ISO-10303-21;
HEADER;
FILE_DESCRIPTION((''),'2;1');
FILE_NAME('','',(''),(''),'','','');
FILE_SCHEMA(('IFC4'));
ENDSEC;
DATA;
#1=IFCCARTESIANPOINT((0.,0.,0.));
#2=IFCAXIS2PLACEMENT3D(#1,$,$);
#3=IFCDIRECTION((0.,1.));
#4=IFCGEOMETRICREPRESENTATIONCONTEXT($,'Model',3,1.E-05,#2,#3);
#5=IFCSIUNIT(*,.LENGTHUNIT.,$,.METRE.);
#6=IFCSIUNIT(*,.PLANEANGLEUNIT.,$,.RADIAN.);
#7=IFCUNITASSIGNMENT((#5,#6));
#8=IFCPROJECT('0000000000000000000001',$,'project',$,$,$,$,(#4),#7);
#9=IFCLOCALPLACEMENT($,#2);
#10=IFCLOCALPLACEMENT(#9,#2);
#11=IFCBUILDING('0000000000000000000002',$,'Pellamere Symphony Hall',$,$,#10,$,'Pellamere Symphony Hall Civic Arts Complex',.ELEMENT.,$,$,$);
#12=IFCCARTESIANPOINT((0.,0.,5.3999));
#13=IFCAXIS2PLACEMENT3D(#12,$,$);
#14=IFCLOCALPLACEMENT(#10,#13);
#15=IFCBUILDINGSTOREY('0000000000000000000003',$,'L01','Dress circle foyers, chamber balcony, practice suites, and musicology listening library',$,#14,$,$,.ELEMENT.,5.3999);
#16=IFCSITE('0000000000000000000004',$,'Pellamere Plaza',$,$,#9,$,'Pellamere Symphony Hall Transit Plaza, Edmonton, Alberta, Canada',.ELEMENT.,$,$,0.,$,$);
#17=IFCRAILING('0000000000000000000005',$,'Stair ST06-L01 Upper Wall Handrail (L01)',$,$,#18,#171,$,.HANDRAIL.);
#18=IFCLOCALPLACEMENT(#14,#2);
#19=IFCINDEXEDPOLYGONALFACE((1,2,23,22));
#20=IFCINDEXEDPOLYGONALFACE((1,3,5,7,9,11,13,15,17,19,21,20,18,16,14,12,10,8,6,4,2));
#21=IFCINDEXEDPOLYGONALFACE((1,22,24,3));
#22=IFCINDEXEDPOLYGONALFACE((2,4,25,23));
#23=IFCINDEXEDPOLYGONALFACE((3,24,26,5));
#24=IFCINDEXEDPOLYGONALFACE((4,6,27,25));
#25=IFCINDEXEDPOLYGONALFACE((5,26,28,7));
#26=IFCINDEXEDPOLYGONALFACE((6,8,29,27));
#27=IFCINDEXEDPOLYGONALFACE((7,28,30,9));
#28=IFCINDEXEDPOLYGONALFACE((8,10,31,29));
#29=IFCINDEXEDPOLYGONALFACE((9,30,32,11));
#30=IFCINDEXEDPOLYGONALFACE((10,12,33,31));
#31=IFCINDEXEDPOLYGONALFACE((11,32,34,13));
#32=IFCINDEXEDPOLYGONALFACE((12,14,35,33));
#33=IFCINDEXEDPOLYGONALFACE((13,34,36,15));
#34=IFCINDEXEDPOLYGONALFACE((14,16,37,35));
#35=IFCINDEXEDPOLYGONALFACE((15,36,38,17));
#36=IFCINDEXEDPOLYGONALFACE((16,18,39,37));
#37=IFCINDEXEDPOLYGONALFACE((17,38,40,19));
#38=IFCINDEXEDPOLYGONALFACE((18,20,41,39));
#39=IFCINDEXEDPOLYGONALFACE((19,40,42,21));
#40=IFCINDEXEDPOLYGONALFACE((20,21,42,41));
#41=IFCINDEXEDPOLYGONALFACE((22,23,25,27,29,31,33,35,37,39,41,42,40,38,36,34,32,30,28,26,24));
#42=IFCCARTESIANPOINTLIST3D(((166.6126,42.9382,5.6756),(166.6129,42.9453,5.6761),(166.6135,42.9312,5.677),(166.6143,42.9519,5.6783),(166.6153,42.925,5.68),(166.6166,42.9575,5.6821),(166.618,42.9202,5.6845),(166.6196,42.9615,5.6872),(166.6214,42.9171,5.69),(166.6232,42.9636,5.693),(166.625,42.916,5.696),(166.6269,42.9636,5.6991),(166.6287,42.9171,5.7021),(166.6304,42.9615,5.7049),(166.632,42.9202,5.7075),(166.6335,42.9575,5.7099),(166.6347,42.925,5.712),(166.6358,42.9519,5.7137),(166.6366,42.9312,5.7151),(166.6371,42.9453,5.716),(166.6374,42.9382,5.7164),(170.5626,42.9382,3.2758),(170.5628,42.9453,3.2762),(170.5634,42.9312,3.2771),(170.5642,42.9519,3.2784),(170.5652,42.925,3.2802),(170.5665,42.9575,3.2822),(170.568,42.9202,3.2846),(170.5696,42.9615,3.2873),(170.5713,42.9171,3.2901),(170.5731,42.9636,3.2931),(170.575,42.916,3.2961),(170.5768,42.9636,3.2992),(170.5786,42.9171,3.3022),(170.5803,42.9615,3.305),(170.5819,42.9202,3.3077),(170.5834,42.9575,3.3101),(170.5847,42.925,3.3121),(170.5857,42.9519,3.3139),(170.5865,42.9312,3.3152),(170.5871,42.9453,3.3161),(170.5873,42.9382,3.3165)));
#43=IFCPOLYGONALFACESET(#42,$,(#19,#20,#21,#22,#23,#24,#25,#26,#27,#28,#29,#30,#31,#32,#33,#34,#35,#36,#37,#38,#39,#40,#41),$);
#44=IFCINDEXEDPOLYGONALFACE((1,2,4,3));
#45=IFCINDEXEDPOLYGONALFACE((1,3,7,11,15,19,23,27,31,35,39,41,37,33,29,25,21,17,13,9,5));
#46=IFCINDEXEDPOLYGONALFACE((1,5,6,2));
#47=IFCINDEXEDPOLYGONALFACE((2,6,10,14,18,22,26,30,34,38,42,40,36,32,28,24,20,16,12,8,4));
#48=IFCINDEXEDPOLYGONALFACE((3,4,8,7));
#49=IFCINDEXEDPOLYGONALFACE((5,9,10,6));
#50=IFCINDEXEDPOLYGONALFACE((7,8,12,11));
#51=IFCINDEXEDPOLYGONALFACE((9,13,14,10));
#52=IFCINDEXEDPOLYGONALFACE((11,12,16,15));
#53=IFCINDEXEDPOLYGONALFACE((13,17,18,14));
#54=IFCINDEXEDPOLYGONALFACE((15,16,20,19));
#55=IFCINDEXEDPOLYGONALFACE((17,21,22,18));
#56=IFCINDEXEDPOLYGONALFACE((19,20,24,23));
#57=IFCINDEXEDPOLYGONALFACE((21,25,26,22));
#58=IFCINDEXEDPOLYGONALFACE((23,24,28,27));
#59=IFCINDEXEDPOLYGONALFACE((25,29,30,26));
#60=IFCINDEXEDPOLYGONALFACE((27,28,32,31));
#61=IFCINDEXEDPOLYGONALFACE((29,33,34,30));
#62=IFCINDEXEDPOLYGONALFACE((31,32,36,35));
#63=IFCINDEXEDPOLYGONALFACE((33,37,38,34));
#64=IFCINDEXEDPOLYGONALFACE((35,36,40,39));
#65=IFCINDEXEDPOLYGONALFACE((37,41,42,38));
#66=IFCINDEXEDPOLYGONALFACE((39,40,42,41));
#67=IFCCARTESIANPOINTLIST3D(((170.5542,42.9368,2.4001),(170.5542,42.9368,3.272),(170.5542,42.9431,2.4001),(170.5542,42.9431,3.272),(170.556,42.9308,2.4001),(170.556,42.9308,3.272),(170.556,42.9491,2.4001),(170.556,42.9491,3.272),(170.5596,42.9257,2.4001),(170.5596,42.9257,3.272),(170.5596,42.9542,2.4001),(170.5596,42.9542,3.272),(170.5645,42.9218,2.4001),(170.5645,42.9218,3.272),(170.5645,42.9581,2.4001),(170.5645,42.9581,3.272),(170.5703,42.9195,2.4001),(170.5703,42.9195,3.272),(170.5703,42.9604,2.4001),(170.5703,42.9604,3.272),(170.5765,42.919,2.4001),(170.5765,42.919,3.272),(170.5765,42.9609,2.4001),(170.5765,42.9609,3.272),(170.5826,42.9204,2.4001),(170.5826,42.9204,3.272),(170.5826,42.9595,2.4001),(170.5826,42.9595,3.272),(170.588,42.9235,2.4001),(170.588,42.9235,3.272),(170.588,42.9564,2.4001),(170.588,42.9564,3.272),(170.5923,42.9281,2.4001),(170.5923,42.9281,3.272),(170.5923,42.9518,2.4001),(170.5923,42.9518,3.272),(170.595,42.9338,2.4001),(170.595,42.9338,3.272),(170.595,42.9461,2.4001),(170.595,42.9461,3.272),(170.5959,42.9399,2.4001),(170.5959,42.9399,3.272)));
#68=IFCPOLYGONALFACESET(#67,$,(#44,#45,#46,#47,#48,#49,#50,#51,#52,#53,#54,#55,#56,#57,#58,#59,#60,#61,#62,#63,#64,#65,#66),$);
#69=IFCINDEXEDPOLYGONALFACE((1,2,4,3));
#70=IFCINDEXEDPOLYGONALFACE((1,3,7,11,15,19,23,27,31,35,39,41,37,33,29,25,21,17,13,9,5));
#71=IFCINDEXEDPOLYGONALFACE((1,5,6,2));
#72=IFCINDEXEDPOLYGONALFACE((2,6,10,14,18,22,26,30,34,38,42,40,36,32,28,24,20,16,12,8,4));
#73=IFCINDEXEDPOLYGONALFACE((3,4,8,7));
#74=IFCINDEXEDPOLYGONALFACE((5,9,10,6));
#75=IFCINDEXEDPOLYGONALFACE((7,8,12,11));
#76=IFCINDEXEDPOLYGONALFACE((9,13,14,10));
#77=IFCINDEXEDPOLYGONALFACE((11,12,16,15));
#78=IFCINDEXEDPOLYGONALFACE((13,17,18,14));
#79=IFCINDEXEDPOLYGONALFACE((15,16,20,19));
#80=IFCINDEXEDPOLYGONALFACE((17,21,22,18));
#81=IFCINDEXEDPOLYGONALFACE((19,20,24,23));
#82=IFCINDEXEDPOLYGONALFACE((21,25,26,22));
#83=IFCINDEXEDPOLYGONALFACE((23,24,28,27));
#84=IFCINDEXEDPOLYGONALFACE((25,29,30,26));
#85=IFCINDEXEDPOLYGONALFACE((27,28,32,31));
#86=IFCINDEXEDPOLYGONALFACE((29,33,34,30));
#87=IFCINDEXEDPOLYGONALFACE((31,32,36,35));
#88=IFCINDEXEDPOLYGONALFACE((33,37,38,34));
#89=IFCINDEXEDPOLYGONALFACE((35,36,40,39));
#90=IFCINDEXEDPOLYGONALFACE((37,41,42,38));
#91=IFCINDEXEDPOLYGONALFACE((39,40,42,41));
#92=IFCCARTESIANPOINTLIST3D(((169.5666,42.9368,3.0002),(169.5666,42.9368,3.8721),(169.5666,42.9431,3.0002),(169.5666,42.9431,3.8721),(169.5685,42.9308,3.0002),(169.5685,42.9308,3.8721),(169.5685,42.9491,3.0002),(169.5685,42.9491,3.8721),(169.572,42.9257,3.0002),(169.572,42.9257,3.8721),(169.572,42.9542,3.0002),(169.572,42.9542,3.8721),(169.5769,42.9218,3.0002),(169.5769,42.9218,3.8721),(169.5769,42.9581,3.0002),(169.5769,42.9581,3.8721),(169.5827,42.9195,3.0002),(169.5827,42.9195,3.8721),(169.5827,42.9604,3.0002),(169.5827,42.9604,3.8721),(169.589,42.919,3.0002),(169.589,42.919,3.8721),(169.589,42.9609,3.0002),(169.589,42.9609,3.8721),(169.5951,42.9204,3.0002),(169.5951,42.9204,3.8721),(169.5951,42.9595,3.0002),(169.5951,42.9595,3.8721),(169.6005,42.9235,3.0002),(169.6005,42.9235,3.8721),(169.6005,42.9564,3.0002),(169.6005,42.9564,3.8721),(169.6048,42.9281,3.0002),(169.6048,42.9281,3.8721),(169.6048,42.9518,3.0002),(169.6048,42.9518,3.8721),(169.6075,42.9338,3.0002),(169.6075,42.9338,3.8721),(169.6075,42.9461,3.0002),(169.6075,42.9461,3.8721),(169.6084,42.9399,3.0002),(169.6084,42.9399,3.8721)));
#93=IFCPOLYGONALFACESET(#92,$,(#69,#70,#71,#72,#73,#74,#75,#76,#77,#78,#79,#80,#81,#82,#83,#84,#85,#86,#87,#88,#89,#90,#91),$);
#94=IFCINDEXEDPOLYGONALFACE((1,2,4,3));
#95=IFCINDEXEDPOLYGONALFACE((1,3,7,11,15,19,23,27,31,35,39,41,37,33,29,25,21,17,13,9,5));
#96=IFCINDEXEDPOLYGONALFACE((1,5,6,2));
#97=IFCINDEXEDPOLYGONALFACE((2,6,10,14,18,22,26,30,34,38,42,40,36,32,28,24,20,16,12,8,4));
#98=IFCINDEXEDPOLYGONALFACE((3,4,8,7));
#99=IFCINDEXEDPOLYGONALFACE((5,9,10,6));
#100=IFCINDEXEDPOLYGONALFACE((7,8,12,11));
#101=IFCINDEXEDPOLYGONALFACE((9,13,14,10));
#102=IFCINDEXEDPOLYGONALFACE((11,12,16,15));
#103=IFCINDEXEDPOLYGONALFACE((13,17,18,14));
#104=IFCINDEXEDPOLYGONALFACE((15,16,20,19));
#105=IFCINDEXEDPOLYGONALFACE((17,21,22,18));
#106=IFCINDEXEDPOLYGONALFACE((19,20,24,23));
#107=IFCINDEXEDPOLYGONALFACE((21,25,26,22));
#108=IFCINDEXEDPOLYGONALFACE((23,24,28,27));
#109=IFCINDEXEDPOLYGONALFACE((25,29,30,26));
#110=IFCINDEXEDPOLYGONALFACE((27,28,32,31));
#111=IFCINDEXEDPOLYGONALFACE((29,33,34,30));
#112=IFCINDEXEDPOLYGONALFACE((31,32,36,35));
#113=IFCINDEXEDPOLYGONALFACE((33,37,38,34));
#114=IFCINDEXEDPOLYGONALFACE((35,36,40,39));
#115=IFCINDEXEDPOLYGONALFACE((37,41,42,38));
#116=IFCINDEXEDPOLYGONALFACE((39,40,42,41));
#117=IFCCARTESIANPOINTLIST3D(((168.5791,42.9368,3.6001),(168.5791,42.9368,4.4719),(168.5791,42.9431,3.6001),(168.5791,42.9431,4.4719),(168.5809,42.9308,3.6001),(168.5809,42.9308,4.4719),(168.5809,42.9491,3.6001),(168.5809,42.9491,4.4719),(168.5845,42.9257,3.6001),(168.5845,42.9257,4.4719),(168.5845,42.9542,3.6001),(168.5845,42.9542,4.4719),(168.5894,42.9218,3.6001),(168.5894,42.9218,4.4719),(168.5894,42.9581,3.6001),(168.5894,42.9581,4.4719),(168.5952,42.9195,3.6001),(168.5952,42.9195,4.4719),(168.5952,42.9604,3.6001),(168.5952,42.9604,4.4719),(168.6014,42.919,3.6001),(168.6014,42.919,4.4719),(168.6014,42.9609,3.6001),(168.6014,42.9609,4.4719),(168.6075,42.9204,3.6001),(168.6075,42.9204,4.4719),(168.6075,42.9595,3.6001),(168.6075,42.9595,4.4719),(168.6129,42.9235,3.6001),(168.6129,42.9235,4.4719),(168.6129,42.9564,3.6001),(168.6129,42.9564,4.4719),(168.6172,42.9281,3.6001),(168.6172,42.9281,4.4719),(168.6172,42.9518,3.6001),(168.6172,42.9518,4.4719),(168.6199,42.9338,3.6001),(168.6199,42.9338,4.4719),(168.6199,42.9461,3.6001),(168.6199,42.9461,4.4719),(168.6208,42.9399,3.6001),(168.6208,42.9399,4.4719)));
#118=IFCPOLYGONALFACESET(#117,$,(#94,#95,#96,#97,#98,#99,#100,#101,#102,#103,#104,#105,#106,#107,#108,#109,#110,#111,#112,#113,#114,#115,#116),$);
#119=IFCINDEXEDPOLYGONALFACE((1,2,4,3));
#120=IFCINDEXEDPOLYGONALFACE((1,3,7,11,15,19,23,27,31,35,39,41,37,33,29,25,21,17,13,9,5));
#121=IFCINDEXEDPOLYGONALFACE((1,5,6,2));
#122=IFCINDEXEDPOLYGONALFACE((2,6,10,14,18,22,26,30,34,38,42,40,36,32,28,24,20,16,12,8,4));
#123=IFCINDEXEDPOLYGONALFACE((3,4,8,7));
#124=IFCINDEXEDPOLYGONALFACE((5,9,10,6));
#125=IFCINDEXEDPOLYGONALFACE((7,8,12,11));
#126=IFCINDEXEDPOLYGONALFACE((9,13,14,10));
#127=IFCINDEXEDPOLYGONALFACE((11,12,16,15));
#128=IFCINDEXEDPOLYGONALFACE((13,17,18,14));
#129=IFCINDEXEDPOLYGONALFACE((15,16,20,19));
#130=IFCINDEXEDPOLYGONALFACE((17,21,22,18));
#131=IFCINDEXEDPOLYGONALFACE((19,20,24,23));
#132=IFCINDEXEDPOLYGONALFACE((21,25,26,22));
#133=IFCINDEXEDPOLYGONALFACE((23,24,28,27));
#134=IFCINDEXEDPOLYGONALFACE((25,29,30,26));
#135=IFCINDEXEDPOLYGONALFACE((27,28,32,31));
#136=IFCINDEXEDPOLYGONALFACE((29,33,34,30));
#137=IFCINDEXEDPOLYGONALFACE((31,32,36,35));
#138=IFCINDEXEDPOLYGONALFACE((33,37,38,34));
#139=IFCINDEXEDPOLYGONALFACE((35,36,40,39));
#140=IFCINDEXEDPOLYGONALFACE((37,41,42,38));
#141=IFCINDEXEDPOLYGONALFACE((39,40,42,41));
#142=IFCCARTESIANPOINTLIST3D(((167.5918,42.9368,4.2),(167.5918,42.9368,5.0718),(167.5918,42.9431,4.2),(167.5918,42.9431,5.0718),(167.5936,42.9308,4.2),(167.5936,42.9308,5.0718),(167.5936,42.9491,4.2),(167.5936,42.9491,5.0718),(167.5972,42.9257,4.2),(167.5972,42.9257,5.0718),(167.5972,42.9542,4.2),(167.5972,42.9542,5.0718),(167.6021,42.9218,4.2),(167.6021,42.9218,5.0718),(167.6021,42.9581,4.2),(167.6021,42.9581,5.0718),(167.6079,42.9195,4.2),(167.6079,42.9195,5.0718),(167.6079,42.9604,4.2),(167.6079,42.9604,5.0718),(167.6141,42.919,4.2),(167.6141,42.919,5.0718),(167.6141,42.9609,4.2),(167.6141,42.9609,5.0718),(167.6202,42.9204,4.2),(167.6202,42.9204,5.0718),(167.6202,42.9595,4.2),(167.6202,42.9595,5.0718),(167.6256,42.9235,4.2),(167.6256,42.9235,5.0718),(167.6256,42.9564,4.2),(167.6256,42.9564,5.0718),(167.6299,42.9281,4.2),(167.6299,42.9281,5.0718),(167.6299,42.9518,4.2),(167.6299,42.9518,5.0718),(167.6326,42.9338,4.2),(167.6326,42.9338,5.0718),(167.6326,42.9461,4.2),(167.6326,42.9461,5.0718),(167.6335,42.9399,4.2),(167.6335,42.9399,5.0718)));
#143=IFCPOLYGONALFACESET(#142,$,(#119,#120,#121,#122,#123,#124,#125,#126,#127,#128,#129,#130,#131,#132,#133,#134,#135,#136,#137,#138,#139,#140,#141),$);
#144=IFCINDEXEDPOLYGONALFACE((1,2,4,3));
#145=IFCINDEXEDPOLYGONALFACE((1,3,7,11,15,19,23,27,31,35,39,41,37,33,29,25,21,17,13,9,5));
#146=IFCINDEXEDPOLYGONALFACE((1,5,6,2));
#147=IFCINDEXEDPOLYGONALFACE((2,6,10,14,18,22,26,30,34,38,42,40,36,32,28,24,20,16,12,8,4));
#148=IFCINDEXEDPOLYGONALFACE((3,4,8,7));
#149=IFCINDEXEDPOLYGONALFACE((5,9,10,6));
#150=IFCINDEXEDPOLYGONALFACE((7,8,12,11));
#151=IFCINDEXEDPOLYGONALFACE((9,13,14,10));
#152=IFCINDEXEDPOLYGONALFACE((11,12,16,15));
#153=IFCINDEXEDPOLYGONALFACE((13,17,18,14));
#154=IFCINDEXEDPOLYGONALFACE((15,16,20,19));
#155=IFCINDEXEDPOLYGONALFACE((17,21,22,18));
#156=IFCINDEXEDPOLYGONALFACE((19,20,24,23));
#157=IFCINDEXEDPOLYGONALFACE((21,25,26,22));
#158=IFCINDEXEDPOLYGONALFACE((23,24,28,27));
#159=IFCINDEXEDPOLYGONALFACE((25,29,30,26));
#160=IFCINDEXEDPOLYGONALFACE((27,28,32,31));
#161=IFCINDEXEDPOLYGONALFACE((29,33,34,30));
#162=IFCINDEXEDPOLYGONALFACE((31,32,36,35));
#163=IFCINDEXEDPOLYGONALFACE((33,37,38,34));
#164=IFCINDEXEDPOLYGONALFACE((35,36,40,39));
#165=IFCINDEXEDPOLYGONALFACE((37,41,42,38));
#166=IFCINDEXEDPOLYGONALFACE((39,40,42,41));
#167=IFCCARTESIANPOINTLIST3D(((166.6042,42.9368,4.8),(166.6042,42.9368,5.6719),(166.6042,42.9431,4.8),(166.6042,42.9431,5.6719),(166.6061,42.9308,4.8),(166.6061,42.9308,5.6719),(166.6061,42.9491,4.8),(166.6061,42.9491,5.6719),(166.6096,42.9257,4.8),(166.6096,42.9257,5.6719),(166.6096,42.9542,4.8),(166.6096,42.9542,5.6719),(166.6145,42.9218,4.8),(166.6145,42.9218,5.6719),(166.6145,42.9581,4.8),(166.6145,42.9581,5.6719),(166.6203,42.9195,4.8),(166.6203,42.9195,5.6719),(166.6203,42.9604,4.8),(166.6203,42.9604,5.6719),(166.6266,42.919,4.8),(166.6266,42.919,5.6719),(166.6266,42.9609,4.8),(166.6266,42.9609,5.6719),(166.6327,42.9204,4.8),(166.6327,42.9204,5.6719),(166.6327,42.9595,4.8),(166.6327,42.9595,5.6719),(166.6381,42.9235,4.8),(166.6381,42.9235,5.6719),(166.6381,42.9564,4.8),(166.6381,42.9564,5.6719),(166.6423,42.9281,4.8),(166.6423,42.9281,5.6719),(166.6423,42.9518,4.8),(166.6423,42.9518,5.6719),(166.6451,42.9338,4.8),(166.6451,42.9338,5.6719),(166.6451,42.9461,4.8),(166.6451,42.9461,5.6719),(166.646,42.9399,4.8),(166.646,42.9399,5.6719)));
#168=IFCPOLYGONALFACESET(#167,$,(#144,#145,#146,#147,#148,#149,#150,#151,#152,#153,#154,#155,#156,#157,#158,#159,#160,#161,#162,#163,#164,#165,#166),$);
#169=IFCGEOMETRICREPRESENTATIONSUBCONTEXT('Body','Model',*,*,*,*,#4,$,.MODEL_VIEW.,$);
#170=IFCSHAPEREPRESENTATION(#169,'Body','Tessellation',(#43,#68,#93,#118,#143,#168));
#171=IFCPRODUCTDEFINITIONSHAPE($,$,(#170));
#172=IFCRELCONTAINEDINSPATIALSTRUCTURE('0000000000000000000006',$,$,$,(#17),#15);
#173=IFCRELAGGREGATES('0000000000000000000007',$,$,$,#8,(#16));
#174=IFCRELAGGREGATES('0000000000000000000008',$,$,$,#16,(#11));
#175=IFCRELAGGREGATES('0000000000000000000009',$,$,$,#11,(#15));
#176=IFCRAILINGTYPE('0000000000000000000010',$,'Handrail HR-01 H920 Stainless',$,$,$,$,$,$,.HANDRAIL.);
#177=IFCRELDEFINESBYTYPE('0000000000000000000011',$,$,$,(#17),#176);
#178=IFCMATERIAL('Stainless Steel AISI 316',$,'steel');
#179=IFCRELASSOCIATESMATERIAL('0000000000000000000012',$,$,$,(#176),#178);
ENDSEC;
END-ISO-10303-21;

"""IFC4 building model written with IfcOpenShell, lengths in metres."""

from ifc_helpers import new_model, si_unit, direction, frame, origin, origin_2d, place, context, subcontext, project, spatial, circle, extrude, material, type_object, element, save


model = new_model("IFC4")

# Units and contexts
model_context = context("Model", 3, precision=1e-05, world=origin(), true_north=direction((0.0, 1.0)))
body_context = subcontext(model_context, "Body", "Model", "MODEL_VIEW")
ifc_project = project(units=[si_unit("LENGTHUNIT", "METRE"), si_unit("PLANEANGLEUNIT", "RADIAN")], contexts=[model_context])

# Site, building, storey
site_placement = place(None, origin())
site = spatial("IfcSite", under=ifc_project, at=site_placement, Name="Pellamere Plaza", LongName="Pellamere Symphony Hall Transit Plaza, Edmonton, Alberta, Canada", CompositionType="ELEMENT", RefElevation=0.0)
building_placement = place(site_placement, origin())
building = spatial("IfcBuilding", under=site, at=building_placement, Name="Pellamere Symphony Hall", LongName="Pellamere Symphony Hall Civic Arts Complex", CompositionType="ELEMENT")
storey_placement = place(building_placement, frame((0.0, 0.0, 5.3999)))
storey = spatial("IfcBuildingStorey", under=building, at=storey_placement, Name="L01", Description="Dress circle foyers, chamber balcony, practice suites, and musicology listening library", CompositionType="ELEMENT", Elevation=5.3999)

# Railing
ifc_material_1 = material(Name="Stainless Steel AISI 316", Category="steel")
railing_type_1 = type_object("IfcRailingType", Name="Handrail HR-01 H920 Stainless", PredefinedType="HANDRAIL", material=ifc_material_1)
railing_1_placement = place(storey_placement, frame((170.575, 42.9399, 2.4001)))
element("IfcRailing", 1, at=railing_1_placement, inside=storey, type_object=railing_type_1, Name="Stair ST06-L01 Upper Wall Handrail (L01)", PredefinedType="HANDRAIL", context=body_context, shape_type="SweptSolid", body=[
    extrude(circle(Radius=0.0239, at=origin_2d()), frame((0.0, 0.0, 0.896), z_axis=(-0.854623, 0.0, 0.51925), x_axis=(0.0, -1.0, 0.0)), (0.0, 0.0, 1.0), 4.6218),
    extrude(circle(Radius=0.021, at=origin_2d()), origin(), (0.0, 0.0, 1.0), 0.8718),
    extrude(circle(Radius=0.021, at=origin_2d()), frame((-0.9875, 0.0, 0.6001)), (0.0, 0.0, 1.0), 0.8718),
    extrude(circle(Radius=0.021, at=origin_2d()), frame((-1.9751, 0.0, 1.2)), (0.0, 0.0, 1.0), 0.8718),
    extrude(circle(Radius=0.021, at=origin_2d()), frame((-2.9624, 0.0, 1.7998)), (0.0, 0.0, 1.0), 0.8718),
    extrude(circle(Radius=0.021, at=origin_2d()), frame((-3.95, 0.0, 2.3999)), (0.0, 0.0, 1.0), 0.8718),
])

save(model, "model.ifc")
